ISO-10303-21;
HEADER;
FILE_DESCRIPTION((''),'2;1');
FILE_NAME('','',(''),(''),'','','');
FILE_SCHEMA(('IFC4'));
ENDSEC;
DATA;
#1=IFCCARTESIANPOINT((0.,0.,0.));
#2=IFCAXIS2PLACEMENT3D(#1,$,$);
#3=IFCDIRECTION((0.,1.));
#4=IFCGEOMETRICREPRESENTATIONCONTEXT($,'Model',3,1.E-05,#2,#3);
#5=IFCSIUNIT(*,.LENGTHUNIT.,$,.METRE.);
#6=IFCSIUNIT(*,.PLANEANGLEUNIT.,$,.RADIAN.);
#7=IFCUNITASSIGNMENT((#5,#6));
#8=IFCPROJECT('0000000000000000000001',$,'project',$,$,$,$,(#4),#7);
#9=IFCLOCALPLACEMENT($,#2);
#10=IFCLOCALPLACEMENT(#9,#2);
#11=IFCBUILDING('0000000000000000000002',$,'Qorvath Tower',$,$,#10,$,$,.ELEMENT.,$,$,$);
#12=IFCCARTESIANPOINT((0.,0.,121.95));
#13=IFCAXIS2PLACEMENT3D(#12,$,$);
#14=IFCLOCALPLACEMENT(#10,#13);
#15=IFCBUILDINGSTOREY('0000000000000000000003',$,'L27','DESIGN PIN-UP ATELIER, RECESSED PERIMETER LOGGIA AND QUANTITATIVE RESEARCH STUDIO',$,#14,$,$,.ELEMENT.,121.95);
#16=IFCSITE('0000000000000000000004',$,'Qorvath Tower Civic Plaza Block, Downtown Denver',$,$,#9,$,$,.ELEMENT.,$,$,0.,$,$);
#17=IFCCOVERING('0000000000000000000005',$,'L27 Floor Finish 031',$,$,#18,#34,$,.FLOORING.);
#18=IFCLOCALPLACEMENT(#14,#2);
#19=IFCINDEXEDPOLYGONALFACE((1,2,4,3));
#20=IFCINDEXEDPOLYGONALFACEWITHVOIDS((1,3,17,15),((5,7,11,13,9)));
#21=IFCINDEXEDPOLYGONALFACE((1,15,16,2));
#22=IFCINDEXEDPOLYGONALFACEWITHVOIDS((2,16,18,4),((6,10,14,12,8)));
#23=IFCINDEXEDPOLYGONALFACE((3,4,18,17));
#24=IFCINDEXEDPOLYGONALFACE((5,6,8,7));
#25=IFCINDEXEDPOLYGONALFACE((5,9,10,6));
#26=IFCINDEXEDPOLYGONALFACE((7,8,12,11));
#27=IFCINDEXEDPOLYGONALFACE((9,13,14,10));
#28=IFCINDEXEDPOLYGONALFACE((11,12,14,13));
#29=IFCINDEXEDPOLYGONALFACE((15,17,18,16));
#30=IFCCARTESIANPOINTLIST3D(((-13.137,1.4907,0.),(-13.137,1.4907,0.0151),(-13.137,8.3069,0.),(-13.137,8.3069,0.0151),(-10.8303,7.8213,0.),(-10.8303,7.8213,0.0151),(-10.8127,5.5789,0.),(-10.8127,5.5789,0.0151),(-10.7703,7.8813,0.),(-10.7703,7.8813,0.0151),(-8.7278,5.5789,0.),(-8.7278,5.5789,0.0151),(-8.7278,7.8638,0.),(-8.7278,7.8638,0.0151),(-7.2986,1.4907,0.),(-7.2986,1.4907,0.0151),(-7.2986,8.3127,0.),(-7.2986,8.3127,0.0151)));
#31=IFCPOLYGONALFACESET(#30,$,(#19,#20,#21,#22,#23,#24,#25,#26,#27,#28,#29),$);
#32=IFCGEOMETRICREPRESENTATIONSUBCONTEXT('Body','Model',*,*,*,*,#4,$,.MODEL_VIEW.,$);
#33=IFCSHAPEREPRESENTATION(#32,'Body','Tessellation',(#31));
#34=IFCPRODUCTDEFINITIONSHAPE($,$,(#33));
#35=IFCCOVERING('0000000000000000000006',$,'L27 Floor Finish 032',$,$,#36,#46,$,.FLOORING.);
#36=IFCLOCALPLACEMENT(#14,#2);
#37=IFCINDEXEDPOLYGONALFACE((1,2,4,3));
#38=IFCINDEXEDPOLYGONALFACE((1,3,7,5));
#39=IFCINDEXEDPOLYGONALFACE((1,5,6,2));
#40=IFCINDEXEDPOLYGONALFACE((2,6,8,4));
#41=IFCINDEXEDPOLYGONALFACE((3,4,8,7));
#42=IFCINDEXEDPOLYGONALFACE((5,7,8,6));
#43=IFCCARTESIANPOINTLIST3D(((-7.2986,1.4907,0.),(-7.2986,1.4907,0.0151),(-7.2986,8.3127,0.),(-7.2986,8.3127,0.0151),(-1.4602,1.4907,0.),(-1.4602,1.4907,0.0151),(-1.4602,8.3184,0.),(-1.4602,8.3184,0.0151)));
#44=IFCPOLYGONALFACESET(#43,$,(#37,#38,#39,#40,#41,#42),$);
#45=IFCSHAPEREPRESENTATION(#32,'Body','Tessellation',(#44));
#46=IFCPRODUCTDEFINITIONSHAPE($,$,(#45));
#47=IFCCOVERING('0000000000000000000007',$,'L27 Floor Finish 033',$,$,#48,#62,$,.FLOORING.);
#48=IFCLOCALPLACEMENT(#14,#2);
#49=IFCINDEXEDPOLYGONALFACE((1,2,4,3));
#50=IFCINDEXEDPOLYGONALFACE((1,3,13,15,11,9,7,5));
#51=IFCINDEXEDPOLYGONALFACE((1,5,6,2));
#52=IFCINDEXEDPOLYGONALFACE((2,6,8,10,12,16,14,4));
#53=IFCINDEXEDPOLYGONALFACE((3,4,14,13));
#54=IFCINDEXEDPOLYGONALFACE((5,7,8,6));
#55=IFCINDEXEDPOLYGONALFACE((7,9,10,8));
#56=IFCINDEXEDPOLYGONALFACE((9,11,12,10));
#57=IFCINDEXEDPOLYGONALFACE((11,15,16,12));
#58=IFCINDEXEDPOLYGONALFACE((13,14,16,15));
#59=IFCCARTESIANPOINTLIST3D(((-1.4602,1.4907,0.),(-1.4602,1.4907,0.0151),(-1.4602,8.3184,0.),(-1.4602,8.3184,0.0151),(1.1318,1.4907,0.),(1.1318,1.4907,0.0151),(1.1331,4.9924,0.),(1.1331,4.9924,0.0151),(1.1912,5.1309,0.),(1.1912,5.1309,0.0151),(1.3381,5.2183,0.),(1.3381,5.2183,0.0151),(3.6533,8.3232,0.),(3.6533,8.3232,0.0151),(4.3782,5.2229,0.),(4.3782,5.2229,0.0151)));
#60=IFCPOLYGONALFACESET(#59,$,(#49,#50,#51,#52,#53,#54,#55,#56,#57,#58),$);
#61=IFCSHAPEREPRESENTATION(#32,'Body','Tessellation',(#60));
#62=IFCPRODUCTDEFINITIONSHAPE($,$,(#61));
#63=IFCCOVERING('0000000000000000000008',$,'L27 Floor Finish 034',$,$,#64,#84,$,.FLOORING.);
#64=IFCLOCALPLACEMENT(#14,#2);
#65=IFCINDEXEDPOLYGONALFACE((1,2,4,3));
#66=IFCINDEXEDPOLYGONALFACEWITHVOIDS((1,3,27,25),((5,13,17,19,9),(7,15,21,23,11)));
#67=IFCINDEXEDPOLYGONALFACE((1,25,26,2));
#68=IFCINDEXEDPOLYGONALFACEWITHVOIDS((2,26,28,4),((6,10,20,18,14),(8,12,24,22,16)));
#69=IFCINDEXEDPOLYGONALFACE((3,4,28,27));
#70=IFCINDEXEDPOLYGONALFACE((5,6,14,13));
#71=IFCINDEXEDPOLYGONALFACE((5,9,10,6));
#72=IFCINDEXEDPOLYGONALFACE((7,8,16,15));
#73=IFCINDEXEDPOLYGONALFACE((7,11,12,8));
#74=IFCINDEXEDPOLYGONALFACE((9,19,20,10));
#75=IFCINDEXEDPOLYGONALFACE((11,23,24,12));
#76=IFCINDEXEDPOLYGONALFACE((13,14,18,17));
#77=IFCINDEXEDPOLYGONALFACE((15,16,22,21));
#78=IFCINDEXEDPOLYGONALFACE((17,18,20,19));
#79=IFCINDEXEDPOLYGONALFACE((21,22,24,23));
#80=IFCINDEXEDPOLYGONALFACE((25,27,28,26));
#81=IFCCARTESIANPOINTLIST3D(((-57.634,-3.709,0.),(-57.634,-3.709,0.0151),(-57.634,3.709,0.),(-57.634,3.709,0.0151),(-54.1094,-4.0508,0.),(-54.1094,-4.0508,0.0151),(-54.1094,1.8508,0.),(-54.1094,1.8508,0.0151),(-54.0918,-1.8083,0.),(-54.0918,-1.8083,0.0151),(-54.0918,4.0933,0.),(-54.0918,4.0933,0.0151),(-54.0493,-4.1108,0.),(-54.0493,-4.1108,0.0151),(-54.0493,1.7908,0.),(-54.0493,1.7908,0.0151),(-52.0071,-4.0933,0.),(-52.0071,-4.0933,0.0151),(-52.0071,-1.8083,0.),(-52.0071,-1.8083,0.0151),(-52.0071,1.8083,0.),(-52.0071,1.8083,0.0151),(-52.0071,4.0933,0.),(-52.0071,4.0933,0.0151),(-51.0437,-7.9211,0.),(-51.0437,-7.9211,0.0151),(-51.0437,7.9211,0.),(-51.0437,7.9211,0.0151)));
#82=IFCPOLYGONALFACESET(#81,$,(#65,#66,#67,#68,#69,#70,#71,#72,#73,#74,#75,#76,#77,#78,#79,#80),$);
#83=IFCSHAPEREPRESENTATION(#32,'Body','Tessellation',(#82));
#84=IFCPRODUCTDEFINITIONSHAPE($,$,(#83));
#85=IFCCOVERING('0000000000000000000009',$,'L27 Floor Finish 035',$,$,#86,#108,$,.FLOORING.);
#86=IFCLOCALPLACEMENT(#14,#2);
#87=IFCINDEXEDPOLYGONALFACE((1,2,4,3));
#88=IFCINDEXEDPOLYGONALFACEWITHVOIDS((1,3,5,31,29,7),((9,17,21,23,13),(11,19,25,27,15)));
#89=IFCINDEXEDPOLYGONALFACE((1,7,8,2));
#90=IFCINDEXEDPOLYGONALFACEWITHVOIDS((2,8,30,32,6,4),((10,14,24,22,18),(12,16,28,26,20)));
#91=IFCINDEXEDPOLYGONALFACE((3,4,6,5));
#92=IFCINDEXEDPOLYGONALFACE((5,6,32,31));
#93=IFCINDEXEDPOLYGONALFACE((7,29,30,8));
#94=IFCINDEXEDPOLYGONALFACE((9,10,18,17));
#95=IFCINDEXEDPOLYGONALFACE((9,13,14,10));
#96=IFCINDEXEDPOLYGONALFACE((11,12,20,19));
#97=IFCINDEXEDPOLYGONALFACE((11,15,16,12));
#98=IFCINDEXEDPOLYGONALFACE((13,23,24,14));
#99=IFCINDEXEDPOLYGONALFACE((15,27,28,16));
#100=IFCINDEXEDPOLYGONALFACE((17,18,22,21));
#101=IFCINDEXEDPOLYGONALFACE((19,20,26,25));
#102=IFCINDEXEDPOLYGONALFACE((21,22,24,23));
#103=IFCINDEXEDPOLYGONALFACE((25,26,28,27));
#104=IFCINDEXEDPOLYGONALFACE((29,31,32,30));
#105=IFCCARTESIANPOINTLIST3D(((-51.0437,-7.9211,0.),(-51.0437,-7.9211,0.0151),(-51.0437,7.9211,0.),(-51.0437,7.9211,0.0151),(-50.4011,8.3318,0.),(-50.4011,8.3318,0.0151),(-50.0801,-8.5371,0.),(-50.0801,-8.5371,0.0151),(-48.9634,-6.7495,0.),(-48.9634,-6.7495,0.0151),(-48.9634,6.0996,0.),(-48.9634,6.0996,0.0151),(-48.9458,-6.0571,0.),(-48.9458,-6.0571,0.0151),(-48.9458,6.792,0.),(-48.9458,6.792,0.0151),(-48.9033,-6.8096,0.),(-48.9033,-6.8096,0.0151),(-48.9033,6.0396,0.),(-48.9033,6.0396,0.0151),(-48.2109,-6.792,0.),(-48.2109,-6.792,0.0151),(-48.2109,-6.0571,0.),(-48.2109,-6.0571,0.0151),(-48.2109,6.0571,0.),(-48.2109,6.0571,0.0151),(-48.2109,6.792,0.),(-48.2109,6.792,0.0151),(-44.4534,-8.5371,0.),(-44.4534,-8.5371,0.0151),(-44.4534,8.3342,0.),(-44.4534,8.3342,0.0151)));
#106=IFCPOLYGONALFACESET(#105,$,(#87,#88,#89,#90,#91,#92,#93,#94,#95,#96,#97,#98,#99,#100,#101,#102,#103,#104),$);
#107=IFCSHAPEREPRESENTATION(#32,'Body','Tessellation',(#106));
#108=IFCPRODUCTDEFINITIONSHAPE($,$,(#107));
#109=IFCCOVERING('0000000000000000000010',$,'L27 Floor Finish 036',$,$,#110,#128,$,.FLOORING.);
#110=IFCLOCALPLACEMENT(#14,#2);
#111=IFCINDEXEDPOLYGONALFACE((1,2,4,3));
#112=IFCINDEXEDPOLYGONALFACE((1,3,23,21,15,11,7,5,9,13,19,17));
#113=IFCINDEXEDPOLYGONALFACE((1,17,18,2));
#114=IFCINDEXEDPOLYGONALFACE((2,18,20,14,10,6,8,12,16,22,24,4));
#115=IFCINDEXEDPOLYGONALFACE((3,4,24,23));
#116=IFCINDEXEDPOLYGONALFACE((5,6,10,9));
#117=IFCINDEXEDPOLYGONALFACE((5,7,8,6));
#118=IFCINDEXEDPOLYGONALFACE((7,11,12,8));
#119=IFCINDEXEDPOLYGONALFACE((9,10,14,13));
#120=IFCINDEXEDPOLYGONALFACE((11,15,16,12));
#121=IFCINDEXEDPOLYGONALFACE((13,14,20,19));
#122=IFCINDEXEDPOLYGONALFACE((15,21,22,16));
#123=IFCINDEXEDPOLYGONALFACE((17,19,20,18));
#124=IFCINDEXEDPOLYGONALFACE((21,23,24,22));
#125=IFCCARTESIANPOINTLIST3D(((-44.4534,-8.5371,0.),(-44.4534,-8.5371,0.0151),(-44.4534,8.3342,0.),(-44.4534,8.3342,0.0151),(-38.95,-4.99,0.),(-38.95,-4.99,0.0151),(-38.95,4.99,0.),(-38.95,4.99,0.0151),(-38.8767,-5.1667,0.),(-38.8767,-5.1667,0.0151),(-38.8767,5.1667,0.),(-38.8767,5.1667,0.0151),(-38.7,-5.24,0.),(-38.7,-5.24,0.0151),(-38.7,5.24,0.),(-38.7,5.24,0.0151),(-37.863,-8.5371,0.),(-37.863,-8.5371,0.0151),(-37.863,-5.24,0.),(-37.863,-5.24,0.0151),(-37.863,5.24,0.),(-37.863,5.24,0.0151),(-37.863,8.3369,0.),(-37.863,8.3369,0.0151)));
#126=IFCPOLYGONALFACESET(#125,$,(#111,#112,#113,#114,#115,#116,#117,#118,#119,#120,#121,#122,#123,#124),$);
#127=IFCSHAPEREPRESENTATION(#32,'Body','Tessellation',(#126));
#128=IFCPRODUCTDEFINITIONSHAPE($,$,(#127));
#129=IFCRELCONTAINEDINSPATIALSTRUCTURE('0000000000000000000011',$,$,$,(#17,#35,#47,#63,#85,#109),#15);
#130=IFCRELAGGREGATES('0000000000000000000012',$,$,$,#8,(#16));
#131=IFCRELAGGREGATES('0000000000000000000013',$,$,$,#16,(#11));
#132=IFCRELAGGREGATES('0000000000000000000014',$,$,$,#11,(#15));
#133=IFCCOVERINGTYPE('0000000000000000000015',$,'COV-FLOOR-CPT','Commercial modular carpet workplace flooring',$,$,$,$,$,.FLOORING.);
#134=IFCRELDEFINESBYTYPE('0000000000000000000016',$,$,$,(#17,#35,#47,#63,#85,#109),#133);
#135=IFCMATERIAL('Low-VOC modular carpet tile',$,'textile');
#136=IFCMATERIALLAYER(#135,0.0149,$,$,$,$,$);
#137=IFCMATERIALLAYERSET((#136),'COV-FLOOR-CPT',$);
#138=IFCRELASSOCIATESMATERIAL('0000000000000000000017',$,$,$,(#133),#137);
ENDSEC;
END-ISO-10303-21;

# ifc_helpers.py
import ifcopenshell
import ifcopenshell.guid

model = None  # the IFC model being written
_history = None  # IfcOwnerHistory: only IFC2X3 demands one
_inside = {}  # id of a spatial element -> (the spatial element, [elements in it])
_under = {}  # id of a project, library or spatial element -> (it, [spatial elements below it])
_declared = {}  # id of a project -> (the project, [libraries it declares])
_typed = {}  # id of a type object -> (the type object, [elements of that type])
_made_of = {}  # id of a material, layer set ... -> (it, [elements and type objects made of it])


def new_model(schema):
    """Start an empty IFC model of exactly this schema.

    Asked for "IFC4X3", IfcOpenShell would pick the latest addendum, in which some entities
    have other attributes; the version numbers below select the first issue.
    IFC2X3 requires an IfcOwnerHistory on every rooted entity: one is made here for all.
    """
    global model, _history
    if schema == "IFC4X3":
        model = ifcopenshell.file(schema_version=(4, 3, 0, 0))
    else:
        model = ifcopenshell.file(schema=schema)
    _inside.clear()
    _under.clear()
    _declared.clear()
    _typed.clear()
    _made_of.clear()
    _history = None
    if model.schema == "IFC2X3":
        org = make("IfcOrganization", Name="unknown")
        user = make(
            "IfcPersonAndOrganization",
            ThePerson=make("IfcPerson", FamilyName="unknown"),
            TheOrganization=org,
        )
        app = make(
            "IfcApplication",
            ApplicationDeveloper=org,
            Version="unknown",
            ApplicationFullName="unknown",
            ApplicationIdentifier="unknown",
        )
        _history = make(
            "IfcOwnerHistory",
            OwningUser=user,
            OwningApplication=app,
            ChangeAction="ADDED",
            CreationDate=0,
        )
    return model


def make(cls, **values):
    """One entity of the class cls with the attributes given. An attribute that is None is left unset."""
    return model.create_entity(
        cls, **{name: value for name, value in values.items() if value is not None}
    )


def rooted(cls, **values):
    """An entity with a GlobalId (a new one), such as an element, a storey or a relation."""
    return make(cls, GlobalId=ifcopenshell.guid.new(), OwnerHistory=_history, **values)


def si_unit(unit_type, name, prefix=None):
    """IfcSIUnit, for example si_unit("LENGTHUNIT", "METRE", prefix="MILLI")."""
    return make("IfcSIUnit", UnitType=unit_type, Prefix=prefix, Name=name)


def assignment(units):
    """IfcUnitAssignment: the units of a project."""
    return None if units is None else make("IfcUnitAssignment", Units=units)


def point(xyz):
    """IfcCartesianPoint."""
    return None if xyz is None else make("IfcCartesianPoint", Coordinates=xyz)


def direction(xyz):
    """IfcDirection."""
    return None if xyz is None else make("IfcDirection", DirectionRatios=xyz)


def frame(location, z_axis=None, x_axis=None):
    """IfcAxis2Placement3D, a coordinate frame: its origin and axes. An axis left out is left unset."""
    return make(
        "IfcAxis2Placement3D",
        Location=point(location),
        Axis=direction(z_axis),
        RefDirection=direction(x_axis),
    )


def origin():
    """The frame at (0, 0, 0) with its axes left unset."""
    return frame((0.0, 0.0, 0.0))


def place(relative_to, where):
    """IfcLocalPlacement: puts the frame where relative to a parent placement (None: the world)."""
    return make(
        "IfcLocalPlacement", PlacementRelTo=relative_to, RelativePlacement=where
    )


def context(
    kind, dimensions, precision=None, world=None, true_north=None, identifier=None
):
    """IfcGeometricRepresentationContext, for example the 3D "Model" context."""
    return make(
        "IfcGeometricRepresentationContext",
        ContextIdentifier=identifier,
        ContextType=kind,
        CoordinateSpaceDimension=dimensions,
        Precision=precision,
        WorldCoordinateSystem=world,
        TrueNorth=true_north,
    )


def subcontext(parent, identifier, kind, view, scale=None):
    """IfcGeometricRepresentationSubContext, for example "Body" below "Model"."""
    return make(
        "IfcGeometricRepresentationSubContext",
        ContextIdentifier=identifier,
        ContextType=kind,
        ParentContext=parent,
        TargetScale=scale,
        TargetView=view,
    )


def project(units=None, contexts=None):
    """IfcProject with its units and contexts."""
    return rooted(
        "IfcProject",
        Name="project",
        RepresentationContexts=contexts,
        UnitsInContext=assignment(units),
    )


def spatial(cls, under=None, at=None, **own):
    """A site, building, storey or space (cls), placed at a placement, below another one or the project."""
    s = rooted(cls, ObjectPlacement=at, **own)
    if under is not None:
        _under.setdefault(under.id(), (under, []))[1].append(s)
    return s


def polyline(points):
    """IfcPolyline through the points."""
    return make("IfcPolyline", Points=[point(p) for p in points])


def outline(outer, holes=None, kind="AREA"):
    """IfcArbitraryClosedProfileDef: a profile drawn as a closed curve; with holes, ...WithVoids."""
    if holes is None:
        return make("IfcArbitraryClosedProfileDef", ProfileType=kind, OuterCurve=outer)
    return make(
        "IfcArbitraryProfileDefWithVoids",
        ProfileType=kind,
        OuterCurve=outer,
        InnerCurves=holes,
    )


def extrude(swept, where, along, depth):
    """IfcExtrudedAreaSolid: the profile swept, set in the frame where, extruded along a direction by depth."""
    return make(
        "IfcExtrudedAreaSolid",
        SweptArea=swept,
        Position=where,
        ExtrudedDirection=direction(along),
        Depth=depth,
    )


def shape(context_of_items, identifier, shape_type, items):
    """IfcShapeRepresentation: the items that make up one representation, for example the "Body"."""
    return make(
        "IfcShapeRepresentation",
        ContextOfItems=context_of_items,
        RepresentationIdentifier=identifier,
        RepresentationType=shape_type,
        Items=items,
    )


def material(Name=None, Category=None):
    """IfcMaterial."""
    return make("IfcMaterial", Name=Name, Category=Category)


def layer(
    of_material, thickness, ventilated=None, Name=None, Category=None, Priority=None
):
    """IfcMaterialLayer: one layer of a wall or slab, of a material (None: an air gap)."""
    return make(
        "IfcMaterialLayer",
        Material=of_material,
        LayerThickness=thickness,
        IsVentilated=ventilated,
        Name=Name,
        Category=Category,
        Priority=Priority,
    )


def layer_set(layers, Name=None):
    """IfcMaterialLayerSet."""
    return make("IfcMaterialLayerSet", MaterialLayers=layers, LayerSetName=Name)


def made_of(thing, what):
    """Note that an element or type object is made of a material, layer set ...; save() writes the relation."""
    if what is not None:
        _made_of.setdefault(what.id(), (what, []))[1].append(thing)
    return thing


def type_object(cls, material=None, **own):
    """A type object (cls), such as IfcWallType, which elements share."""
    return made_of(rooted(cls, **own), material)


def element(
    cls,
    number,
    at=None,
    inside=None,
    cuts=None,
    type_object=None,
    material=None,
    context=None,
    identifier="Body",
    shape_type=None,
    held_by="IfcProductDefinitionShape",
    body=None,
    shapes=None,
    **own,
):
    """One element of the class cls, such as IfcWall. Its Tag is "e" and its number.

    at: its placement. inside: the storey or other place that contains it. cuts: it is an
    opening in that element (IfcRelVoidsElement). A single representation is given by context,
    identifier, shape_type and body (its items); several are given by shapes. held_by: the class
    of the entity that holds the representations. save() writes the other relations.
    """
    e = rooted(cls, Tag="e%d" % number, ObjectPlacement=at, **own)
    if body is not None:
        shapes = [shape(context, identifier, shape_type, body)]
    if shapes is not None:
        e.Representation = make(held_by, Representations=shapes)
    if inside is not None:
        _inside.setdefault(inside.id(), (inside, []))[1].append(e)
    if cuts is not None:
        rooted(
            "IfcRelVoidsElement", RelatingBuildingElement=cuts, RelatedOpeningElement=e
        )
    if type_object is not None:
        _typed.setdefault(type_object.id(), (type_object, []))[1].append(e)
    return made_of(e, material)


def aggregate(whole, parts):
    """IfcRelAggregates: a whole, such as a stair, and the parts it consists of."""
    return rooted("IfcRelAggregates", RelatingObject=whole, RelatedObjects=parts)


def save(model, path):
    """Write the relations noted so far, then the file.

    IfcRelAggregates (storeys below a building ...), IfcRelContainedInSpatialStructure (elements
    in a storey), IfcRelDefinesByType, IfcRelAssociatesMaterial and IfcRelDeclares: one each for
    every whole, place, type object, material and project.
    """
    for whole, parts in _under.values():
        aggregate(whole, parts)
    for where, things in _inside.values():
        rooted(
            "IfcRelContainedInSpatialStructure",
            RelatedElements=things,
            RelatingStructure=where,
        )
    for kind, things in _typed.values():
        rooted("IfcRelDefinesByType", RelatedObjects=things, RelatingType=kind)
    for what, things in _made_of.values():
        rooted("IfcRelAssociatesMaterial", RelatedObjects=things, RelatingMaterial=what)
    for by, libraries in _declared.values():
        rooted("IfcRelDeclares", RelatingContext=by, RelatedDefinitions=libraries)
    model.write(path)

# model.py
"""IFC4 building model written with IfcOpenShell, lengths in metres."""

from ifc_helpers import new_model, si_unit, direction, frame, origin, place, context, subcontext, project, spatial, polyline, outline, extrude, material, layer, layer_set, type_object, element, save


model = new_model("IFC4")

# Units and contexts
model_context = context("Model", 3, precision=1e-05, world=origin(), true_north=direction((0.0, 1.0)))
body_context = subcontext(model_context, "Body", "Model", "MODEL_VIEW")
ifc_project = project(units=[si_unit("LENGTHUNIT", "METRE"), si_unit("PLANEANGLEUNIT", "RADIAN")], contexts=[model_context])

# Site, building, storey
site_placement = place(None, origin())
site = spatial("IfcSite", under=ifc_project, at=site_placement, Name="Qorvath Tower Civic Plaza Block, Downtown Denver", CompositionType="ELEMENT", RefElevation=0.0)
building_placement = place(site_placement, origin())
building = spatial("IfcBuilding", under=site, at=building_placement, Name="Qorvath Tower", CompositionType="ELEMENT")
storey_placement = place(building_placement, frame((0.0, 0.0, 121.95)))
storey = spatial("IfcBuildingStorey", under=building, at=storey_placement, Name="L27", Description="DESIGN PIN-UP ATELIER, RECESSED PERIMETER LOGGIA AND QUANTITATIVE RESEARCH STUDIO", CompositionType="ELEMENT", Elevation=121.95)

# Coverings
ifc_material_1 = material(Name="Low-VOC modular carpet tile", Category="textile")
ifc_layer_1 = layer(ifc_material_1, 0.0149)
ifc_layer_set_1 = layer_set([ifc_layer_1], Name="COV-FLOOR-CPT")
covering_type_1 = type_object("IfcCoveringType", Name="COV-FLOOR-CPT", Description="Commercial modular carpet workplace flooring", PredefinedType="FLOORING", material=ifc_layer_set_1)
covering_1_placement = place(storey_placement, origin())
element("IfcCovering", 1, at=covering_1_placement, inside=storey, type_object=covering_type_1, Name="L27 Floor Finish 031", PredefinedType="FLOORING", context=body_context, shape_type="SweptSolid", body=[
    extrude(outline(polyline([(-7.2986, 1.4907), (-7.2986, 8.3127), (-13.137, 8.3069), (-13.137, 1.4907), (-7.2986, 1.4907)]), holes=[polyline([(-10.8303, 7.8213), (-10.7703, 7.8813), (-8.7278, 7.8638), (-8.7278, 5.5789), (-10.8127, 5.5789), (-10.8303, 7.8213)])]), origin(), (0.0, 0.0, 1.0), 0.0151),
])
covering_2_placement = place(storey_placement, origin())
element("IfcCovering", 2, at=covering_2_placement, inside=storey, type_object=covering_type_1, Name="L27 Floor Finish 032", PredefinedType="FLOORING", context=body_context, shape_type="SweptSolid", body=[
    extrude(outline(polyline([(-1.4602, 1.4907), (-1.4602, 8.3184), (-7.2986, 8.3127), (-7.2986, 1.4907), (-1.4602, 1.4907)])), origin(), (0.0, 0.0, 1.0), 0.0151),
])
covering_3_placement = place(storey_placement, origin())
element("IfcCovering", 3, at=covering_3_placement, inside=storey, type_object=covering_type_1, Name="L27 Floor Finish 033", PredefinedType="FLOORING", context=body_context, shape_type="SweptSolid", body=[
    extrude(outline(polyline([(1.1912, 5.1309), (1.3381, 5.2183), (4.3782, 5.2229), (3.6533, 8.3232), (-1.4602, 8.3184), (-1.4602, 1.4907), (1.1318, 1.4907), (1.1331, 4.9924), (1.1912, 5.1309)])), origin(), (0.0, 0.0, 1.0), 0.0151),
])
covering_4_placement = place(storey_placement, origin())
element("IfcCovering", 4, at=covering_4_placement, inside=storey, type_object=covering_type_1, Name="L27 Floor Finish 034", PredefinedType="FLOORING", context=body_context, shape_type="SweptSolid", body=[
    extrude(outline(polyline([(-51.0437, -7.9211), (-51.0437, 7.9211), (-57.634, 3.709), (-57.634, -3.709), (-51.0437, -7.9211)]), holes=[polyline([(-54.1094, -4.0508), (-54.0918, -1.8083), (-52.0071, -1.8083), (-52.0071, -4.0933), (-54.0493, -4.1108), (-54.1094, -4.0508)]), polyline([(-54.1094, 1.8508), (-54.0918, 4.0933), (-52.0071, 4.0933), (-52.0071, 1.8083), (-54.0493, 1.7908), (-54.1094, 1.8508)])]), origin(), (0.0, 0.0, 1.0), 0.0151),
])
covering_5_placement = place(storey_placement, origin())
element("IfcCovering", 5, at=covering_5_placement, inside=storey, type_object=covering_type_1, Name="L27 Floor Finish 035", PredefinedType="FLOORING", context=body_context, shape_type="SweptSolid", body=[
    extrude(outline(polyline([(-44.4534, -8.5371), (-44.4534, 8.3342), (-50.4011, 8.3318), (-51.0437, 7.9211), (-51.0437, -7.9211), (-50.0801, -8.5371), (-44.4534, -8.5371)]), holes=[polyline([(-48.9634, -6.7495), (-48.9458, -6.0571), (-48.2109, -6.0571), (-48.2109, -6.792), (-48.9033, -6.8096), (-48.9634, -6.7495)]), polyline([(-48.9634, 6.0996), (-48.9458, 6.792), (-48.2109, 6.792), (-48.2109, 6.0571), (-48.9033, 6.0396), (-48.9634, 6.0996)])]), origin(), (0.0, 0.0, 1.0), 0.0151),
])
covering_6_placement = place(storey_placement, origin())
element("IfcCovering", 6, at=covering_6_placement, inside=storey, type_object=covering_type_1, Name="L27 Floor Finish 036", PredefinedType="FLOORING", context=body_context, shape_type="SweptSolid", body=[
    extrude(outline(polyline([(-37.863, 8.3369), (-44.4534, 8.3342), (-44.4534, -8.5371), (-37.863, -8.5371), (-37.863, -5.24), (-38.7, -5.24), (-38.8767, -5.1667), (-38.95, -4.99), (-38.95, 4.99), (-38.8767, 5.1667), (-38.7, 5.24), (-37.863, 5.24), (-37.863, 8.3369)])), origin(), (0.0, 0.0, 1.0), 0.0151),
])

save(model, "model.ifc")
